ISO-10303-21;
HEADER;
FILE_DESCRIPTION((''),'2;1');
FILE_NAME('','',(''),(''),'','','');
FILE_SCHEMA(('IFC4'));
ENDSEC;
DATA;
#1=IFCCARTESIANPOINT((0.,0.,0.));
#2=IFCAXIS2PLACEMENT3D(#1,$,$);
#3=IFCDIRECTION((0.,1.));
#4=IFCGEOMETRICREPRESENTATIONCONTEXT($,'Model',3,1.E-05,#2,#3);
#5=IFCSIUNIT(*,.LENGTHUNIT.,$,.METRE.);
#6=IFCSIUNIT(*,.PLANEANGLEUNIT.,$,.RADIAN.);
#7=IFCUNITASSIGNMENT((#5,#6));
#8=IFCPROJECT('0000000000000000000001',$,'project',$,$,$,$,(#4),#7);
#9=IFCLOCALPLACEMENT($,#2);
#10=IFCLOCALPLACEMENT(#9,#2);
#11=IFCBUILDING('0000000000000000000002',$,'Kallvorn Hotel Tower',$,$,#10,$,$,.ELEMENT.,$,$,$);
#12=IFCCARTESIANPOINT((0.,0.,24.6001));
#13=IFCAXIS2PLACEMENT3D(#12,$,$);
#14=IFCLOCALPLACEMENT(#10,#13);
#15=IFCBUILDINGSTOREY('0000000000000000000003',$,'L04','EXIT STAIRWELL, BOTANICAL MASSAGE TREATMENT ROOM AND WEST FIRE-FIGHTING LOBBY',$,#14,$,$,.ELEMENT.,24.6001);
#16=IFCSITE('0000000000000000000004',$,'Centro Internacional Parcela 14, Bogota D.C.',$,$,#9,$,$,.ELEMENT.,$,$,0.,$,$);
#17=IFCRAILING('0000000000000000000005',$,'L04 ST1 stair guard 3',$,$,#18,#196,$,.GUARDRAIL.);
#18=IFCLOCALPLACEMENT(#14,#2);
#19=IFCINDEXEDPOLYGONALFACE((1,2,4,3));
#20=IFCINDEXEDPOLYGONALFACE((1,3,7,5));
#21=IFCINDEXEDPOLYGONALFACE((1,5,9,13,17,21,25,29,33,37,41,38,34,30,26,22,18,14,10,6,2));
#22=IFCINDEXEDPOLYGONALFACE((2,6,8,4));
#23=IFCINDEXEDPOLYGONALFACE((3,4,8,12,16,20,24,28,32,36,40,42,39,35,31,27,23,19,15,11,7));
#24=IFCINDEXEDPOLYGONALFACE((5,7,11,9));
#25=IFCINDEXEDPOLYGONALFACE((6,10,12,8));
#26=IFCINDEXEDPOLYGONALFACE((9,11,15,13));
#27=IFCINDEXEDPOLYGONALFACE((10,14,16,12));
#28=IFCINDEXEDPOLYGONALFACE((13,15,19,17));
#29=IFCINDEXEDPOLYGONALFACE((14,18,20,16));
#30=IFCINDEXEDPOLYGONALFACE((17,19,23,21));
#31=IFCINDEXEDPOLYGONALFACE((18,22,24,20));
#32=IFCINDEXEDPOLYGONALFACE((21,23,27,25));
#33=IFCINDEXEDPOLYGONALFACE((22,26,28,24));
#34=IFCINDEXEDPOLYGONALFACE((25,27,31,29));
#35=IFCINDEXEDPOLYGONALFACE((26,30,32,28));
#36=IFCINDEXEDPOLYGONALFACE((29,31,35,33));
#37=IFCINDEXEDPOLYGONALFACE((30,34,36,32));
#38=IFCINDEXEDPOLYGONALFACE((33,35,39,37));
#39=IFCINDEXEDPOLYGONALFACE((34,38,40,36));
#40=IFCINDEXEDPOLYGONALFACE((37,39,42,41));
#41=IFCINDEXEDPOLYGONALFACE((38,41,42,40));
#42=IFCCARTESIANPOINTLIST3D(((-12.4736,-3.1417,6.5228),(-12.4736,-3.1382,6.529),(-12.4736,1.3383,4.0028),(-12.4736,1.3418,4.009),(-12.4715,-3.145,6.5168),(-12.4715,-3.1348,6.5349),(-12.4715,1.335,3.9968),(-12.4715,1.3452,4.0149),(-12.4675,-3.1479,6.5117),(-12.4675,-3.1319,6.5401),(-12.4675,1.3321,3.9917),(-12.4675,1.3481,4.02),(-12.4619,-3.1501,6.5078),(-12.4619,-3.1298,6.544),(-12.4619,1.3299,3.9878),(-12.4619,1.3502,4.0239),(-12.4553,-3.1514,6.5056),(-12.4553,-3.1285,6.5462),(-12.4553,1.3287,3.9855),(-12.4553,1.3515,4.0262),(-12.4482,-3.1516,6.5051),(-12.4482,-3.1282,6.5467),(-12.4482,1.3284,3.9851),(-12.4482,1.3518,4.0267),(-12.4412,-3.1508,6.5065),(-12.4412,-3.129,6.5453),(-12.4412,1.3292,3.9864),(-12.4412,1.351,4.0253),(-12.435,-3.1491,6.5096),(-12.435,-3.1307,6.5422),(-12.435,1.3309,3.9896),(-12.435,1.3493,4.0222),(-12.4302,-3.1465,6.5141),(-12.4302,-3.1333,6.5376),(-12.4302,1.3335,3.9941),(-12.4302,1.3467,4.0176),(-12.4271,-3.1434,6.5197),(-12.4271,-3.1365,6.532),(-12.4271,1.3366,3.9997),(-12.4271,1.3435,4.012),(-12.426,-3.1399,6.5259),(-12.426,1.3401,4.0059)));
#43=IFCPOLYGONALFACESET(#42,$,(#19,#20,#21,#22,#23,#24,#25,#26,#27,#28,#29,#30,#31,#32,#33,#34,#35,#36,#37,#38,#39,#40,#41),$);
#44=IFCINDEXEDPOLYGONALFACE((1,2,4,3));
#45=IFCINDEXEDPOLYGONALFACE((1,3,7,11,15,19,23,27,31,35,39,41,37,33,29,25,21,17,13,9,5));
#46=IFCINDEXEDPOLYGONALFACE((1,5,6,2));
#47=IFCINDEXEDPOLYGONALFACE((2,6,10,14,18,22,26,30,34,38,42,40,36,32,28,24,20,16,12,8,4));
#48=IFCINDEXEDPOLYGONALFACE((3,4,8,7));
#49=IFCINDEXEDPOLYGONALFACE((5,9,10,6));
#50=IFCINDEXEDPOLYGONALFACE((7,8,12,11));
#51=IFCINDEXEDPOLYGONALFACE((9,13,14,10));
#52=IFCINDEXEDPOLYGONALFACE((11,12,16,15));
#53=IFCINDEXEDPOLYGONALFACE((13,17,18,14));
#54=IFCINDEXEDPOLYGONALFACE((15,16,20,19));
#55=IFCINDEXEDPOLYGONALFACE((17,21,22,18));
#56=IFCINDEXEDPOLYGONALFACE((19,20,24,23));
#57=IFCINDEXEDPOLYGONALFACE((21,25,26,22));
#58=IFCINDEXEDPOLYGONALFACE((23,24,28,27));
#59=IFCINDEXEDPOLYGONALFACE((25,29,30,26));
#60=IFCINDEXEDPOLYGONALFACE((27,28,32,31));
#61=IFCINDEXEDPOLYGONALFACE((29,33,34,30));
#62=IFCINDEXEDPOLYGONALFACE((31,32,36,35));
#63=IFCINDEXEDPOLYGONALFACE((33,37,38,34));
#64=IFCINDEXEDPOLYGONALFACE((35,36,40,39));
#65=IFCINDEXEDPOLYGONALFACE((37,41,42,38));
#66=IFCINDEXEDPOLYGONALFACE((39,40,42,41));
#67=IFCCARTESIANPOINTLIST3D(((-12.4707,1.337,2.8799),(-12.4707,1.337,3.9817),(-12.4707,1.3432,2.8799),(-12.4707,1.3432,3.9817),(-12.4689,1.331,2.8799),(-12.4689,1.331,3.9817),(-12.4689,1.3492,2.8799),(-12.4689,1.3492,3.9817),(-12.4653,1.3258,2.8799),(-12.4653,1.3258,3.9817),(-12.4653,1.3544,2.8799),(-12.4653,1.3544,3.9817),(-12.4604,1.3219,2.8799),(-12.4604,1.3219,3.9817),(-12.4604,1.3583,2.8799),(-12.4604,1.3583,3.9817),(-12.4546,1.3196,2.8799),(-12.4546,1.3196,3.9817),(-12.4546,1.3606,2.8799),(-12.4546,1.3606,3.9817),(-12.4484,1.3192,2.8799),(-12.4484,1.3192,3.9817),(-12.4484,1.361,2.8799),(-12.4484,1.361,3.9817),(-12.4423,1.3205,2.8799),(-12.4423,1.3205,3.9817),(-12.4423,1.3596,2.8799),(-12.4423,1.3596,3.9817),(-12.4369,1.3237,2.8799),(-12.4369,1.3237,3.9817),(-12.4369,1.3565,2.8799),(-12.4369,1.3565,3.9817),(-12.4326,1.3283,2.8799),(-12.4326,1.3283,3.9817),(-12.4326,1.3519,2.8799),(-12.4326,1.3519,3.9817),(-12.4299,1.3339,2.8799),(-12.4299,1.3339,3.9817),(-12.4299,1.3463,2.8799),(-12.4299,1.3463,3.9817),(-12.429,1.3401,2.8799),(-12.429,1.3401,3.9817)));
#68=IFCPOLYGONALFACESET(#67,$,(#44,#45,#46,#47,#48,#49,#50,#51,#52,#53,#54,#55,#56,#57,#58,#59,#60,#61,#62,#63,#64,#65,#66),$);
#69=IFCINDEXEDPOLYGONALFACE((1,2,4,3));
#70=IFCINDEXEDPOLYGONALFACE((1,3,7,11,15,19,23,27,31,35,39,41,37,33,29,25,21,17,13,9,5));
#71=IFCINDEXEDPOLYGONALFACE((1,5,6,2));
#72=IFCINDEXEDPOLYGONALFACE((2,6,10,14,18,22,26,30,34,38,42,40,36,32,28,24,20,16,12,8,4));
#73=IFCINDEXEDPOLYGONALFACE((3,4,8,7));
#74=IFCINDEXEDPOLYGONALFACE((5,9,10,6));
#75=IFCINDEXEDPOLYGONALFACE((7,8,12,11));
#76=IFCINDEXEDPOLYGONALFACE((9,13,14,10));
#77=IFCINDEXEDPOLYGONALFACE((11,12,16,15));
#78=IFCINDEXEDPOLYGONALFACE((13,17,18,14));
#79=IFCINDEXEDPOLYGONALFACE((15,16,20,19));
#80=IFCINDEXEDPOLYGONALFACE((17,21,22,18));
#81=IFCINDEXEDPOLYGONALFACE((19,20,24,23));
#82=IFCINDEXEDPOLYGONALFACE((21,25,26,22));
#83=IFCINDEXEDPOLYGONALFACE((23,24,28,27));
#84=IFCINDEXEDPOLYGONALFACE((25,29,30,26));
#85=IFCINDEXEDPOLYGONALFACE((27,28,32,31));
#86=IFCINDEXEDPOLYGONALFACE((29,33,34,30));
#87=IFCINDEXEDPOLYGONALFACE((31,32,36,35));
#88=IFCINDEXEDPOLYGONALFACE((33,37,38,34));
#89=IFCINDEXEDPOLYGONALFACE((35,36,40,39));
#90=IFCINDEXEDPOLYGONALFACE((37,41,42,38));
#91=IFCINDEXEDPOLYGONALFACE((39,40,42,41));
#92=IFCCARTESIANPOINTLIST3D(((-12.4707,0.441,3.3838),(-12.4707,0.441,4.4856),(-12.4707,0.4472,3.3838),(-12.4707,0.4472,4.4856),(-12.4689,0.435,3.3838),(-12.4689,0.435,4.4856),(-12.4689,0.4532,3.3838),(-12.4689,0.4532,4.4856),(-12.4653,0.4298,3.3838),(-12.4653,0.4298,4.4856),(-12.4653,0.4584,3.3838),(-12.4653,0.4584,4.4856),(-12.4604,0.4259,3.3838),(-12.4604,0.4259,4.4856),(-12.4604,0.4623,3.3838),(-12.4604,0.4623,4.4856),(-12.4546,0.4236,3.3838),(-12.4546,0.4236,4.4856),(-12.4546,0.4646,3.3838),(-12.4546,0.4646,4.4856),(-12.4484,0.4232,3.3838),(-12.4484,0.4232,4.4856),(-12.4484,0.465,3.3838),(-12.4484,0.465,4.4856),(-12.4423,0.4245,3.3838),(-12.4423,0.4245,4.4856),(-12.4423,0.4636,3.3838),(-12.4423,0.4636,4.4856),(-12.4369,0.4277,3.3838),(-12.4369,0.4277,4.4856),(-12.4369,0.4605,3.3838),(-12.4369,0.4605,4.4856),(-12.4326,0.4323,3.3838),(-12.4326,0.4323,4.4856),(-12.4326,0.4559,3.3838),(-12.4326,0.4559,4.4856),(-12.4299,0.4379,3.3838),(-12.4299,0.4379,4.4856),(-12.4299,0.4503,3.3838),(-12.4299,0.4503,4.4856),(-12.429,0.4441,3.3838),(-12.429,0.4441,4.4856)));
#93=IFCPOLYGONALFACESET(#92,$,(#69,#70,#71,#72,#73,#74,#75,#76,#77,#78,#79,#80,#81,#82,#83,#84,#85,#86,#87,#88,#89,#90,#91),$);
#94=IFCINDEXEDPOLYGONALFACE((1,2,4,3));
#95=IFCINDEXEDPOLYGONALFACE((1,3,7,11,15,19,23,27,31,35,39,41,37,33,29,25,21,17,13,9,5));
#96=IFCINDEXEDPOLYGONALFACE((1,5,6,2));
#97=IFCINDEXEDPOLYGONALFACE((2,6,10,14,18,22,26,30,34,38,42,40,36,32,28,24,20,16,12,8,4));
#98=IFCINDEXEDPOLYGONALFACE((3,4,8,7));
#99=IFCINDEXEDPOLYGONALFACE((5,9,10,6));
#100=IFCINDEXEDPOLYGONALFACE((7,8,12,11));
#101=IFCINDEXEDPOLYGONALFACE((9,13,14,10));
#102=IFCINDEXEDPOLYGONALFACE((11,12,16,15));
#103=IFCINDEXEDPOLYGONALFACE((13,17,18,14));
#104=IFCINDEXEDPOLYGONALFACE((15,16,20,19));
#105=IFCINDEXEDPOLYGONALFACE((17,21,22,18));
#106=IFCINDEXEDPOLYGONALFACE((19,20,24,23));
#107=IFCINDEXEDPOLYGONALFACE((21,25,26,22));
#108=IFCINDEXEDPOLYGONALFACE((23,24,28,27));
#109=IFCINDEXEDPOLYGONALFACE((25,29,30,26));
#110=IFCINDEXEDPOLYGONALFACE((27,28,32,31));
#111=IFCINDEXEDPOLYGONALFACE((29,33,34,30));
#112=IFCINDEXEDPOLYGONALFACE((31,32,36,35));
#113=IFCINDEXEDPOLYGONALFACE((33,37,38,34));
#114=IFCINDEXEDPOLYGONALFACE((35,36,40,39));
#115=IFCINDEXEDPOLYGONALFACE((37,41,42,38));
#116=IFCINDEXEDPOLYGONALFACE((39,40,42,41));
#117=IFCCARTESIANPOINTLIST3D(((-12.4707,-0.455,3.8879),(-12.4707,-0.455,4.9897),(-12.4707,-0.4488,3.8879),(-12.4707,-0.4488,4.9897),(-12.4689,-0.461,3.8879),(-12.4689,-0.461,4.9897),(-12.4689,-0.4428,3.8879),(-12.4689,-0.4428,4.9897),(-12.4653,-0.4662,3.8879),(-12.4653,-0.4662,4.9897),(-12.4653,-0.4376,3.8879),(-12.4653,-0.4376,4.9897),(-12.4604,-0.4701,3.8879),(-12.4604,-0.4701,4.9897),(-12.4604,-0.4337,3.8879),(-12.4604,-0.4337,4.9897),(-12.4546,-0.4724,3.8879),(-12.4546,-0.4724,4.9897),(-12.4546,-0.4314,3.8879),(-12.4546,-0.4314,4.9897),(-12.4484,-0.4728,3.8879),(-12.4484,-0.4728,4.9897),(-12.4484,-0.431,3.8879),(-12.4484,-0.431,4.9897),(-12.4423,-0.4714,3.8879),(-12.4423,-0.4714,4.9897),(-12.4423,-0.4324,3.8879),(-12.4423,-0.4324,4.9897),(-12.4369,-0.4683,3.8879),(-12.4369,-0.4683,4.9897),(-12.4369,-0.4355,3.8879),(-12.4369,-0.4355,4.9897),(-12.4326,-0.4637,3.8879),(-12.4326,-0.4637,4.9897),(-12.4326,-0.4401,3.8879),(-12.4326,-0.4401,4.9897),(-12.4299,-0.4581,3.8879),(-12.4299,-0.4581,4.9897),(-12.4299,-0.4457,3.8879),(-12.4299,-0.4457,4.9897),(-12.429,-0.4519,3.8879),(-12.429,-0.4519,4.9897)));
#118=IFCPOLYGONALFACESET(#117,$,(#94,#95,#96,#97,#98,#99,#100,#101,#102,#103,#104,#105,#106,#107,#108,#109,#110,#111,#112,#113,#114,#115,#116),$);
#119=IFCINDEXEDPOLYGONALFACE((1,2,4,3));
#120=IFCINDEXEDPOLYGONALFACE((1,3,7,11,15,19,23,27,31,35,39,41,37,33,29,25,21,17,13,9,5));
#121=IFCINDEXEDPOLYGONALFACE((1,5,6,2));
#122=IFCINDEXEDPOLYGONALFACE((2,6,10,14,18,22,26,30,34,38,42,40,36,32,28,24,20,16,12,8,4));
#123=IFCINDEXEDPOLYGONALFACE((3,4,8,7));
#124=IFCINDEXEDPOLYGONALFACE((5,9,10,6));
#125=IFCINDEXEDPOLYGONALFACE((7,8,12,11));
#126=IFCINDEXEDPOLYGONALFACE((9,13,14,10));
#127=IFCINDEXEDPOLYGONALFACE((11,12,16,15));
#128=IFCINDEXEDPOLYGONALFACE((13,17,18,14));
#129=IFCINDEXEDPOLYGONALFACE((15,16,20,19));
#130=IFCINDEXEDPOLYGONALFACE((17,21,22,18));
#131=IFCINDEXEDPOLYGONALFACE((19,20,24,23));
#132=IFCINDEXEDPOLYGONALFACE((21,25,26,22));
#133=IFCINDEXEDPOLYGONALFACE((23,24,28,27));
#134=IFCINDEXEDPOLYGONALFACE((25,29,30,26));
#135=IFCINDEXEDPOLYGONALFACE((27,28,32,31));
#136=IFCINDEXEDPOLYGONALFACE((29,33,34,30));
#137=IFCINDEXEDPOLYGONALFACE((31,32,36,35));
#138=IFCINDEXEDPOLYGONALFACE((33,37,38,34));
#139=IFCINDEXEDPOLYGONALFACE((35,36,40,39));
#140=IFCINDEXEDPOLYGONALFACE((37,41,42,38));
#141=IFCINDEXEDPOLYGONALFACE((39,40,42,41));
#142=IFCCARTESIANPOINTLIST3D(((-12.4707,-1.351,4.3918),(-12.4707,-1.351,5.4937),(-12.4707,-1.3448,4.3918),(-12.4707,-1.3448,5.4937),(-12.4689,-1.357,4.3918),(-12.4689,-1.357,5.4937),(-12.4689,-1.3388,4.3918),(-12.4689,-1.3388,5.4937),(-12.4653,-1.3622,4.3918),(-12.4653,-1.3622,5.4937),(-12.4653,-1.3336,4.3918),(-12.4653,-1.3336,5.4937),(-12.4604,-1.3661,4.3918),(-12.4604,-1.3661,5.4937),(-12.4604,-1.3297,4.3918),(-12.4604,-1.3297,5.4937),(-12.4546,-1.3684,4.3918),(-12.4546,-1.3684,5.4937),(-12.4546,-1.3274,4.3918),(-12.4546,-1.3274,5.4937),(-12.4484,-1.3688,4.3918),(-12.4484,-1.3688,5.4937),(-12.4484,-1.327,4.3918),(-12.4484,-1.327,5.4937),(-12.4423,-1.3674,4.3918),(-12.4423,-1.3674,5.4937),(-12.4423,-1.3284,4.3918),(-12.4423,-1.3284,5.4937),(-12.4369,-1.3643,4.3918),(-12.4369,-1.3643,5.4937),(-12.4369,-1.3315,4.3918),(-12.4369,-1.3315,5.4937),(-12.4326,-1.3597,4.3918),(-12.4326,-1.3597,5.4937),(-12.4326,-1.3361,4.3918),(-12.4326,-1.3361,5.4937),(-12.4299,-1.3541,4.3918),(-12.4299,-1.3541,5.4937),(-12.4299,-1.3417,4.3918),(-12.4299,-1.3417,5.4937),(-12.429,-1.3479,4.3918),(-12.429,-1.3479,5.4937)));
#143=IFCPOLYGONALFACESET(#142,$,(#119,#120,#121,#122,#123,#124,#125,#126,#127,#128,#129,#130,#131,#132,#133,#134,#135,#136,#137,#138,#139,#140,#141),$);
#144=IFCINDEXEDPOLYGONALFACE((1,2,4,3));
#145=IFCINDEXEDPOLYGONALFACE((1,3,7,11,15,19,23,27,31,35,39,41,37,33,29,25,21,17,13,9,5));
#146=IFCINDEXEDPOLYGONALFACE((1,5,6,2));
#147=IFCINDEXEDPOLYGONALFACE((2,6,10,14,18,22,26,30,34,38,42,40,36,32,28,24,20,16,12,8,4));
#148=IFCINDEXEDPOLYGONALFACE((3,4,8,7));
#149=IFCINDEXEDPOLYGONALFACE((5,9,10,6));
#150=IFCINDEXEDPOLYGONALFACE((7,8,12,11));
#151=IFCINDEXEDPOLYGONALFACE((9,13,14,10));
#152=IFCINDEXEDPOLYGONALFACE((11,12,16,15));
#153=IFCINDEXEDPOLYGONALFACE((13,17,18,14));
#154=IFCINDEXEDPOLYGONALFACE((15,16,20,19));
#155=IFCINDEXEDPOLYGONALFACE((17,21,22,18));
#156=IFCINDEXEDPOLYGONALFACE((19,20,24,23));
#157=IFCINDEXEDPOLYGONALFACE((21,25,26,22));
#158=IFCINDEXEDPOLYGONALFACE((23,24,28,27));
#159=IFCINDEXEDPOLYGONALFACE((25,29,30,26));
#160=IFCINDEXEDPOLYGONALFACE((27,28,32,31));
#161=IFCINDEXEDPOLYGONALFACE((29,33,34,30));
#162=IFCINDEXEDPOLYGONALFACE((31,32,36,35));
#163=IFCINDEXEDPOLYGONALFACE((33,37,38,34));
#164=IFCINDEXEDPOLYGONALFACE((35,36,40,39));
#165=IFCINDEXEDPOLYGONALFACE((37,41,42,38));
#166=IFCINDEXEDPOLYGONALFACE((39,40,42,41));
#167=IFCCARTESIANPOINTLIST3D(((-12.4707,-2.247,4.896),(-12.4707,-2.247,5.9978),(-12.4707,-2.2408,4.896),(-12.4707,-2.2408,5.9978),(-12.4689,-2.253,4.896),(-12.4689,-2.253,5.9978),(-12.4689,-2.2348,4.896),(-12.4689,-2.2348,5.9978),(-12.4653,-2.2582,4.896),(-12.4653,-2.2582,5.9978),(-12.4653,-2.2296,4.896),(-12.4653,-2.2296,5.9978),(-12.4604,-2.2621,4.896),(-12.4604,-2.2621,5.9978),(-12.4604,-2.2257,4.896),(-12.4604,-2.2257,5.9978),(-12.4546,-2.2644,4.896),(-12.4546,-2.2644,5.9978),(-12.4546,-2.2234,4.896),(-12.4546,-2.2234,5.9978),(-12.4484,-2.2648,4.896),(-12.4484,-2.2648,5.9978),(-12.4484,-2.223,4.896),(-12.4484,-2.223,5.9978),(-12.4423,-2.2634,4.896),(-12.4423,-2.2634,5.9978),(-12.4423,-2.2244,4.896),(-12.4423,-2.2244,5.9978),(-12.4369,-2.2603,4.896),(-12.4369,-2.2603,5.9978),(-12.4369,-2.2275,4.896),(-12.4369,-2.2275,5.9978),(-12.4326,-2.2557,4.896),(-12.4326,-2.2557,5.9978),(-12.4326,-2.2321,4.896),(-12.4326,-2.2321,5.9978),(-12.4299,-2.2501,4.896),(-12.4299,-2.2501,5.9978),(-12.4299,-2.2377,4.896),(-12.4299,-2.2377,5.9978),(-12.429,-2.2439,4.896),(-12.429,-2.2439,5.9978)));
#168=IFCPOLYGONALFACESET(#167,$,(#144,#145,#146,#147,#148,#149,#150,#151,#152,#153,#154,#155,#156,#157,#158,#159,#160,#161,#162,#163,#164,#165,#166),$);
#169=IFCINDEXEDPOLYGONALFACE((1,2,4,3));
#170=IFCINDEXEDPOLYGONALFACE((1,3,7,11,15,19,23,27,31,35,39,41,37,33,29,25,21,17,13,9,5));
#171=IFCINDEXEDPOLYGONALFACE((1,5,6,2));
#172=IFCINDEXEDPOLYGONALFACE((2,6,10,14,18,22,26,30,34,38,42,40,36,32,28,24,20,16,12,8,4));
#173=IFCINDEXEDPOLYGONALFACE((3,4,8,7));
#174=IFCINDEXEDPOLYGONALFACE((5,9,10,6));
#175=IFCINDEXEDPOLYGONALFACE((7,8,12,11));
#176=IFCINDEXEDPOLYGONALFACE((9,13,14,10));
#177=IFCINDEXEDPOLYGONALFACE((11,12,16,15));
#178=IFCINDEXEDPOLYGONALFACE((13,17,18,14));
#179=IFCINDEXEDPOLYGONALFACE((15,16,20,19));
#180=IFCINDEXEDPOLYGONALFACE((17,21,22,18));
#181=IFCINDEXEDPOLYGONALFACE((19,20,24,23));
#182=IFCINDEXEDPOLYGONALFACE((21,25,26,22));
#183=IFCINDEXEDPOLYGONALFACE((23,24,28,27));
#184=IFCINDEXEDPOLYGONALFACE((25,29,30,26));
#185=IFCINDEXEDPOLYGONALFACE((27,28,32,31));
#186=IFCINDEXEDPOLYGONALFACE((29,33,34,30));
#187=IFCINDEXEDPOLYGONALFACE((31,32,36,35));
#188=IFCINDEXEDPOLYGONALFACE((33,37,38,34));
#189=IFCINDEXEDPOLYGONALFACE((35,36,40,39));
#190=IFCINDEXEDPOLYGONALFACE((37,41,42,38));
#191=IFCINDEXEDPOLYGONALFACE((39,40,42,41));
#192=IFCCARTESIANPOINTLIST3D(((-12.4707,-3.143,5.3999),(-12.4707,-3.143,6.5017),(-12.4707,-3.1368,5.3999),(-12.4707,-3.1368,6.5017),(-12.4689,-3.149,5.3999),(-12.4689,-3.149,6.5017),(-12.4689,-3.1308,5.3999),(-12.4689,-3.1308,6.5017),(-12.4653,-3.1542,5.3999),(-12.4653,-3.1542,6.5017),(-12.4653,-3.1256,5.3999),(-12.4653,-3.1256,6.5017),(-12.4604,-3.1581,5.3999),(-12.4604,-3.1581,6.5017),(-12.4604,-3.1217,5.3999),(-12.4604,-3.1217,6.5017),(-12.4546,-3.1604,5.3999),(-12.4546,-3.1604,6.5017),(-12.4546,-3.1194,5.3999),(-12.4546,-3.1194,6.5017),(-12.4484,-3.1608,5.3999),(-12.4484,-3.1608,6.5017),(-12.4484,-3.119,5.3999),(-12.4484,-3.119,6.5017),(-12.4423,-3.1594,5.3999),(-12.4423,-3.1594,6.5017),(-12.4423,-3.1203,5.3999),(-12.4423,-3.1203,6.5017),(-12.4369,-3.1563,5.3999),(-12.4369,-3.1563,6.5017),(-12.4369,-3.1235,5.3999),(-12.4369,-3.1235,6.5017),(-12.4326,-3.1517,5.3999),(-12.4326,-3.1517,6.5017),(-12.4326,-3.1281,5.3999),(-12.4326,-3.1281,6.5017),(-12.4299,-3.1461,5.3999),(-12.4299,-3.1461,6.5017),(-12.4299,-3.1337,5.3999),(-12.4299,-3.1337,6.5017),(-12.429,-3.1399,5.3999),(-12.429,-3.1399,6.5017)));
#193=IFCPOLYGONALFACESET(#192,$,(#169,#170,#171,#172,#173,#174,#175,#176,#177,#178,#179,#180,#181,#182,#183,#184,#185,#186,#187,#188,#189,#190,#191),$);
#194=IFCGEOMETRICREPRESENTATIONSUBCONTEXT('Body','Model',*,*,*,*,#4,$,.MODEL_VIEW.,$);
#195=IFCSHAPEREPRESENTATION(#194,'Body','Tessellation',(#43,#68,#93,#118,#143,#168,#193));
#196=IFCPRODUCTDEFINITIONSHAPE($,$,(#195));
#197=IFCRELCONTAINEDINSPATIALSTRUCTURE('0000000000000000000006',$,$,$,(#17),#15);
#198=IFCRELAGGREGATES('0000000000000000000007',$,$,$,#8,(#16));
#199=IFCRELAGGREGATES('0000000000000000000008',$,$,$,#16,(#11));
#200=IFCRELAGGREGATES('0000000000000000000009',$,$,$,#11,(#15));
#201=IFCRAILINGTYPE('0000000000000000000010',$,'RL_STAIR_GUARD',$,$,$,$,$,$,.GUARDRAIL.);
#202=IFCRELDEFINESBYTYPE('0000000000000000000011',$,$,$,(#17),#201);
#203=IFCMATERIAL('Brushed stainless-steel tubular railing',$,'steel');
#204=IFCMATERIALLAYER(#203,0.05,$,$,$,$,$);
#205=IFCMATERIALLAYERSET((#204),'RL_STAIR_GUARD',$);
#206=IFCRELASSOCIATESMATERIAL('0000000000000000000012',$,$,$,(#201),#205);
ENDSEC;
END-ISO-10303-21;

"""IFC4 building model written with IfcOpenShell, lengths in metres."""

from ifc_helpers import new_model, si_unit, direction, frame, origin, origin_2d, place, context, subcontext, project, spatial, circle, extrude, material, layer, layer_set, type_object, element, save


model = new_model("IFC4")

# Units and contexts
model_context = context("Model", 3, precision=1e-05, world=origin(), true_north=direction((0.0, 1.0)))
body_context = subcontext(model_context, "Body", "Model", "MODEL_VIEW")
ifc_project = project(units=[si_unit("LENGTHUNIT", "METRE"), si_unit("PLANEANGLEUNIT", "RADIAN")], contexts=[model_context])

# Site, building, storey
site_placement = place(None, origin())
site = spatial("IfcSite", under=ifc_project, at=site_placement, Name="Centro Internacional Parcela 14, Bogota D.C.", CompositionType="ELEMENT", RefElevation=0.0)
building_placement = place(site_placement, origin())
building = spatial("IfcBuilding", under=site, at=building_placement, Name="Kallvorn Hotel Tower", CompositionType="ELEMENT")
storey_placement = place(building_placement, frame((0.0, 0.0, 24.6001)))
storey = spatial("IfcBuildingStorey", under=building, at=storey_placement, Name="L04", Description="EXIT STAIRWELL, BOTANICAL MASSAGE TREATMENT ROOM AND WEST FIRE-FIGHTING LOBBY", CompositionType="ELEMENT", Elevation=24.6001)

# Railing
ifc_material_1 = material(Name="Brushed stainless-steel tubular railing", Category="steel")
ifc_layer_1 = layer(ifc_material_1, 0.05)
ifc_layer_set_1 = layer_set([ifc_layer_1], Name="RL_STAIR_GUARD")
railing_type_1 = type_object("IfcRailingType", Name="RL_STAIR_GUARD", PredefinedType="GUARDRAIL", material=ifc_layer_set_1)
railing_1_placement = place(storey_placement, frame((-12.45, 1.3401, 2.8799)))
element("IfcRailing", 1, at=railing_1_placement, inside=storey, type_object=railing_type_1, Name="L04 ST1 stair guard 3", PredefinedType="GUARDRAIL", context=body_context, shape_type="SweptSolid", body=[
    extrude(circle(Radius=0.0239, at=origin_2d()), frame((0.0, 0.0, 1.126), z_axis=(0.0, -0.871573, 0.490266), x_axis=(1.0, 0.0, 0.0)), (0.0, 0.0, 1.0), 5.1401),
    extrude(circle(Radius=0.021, at=origin_2d()), origin(), (0.0, 0.0, 1.0), 1.1018),
    extrude(circle(Radius=0.021, at=origin_2d()), frame((0.0, -0.896, 0.5039)), (0.0, 0.0, 1.0), 1.1018),
    extrude(circle(Radius=0.021, at=origin_2d()), frame((0.0, -1.792, 1.0081)), (0.0, 0.0, 1.0), 1.1018),
    extrude(circle(Radius=0.021, at=origin_2d()), frame((0.0, -2.688, 1.512)), (0.0, 0.0, 1.0), 1.1018),
    extrude(circle(Radius=0.021, at=origin_2d()), frame((0.0, -3.584, 2.0161)), (0.0, 0.0, 1.0), 1.1018),
    extrude(circle(Radius=0.021, at=origin_2d()), frame((0.0, -4.48, 2.52)), (0.0, 0.0, 1.0), 1.1018),
])

save(model, "model.ifc")
